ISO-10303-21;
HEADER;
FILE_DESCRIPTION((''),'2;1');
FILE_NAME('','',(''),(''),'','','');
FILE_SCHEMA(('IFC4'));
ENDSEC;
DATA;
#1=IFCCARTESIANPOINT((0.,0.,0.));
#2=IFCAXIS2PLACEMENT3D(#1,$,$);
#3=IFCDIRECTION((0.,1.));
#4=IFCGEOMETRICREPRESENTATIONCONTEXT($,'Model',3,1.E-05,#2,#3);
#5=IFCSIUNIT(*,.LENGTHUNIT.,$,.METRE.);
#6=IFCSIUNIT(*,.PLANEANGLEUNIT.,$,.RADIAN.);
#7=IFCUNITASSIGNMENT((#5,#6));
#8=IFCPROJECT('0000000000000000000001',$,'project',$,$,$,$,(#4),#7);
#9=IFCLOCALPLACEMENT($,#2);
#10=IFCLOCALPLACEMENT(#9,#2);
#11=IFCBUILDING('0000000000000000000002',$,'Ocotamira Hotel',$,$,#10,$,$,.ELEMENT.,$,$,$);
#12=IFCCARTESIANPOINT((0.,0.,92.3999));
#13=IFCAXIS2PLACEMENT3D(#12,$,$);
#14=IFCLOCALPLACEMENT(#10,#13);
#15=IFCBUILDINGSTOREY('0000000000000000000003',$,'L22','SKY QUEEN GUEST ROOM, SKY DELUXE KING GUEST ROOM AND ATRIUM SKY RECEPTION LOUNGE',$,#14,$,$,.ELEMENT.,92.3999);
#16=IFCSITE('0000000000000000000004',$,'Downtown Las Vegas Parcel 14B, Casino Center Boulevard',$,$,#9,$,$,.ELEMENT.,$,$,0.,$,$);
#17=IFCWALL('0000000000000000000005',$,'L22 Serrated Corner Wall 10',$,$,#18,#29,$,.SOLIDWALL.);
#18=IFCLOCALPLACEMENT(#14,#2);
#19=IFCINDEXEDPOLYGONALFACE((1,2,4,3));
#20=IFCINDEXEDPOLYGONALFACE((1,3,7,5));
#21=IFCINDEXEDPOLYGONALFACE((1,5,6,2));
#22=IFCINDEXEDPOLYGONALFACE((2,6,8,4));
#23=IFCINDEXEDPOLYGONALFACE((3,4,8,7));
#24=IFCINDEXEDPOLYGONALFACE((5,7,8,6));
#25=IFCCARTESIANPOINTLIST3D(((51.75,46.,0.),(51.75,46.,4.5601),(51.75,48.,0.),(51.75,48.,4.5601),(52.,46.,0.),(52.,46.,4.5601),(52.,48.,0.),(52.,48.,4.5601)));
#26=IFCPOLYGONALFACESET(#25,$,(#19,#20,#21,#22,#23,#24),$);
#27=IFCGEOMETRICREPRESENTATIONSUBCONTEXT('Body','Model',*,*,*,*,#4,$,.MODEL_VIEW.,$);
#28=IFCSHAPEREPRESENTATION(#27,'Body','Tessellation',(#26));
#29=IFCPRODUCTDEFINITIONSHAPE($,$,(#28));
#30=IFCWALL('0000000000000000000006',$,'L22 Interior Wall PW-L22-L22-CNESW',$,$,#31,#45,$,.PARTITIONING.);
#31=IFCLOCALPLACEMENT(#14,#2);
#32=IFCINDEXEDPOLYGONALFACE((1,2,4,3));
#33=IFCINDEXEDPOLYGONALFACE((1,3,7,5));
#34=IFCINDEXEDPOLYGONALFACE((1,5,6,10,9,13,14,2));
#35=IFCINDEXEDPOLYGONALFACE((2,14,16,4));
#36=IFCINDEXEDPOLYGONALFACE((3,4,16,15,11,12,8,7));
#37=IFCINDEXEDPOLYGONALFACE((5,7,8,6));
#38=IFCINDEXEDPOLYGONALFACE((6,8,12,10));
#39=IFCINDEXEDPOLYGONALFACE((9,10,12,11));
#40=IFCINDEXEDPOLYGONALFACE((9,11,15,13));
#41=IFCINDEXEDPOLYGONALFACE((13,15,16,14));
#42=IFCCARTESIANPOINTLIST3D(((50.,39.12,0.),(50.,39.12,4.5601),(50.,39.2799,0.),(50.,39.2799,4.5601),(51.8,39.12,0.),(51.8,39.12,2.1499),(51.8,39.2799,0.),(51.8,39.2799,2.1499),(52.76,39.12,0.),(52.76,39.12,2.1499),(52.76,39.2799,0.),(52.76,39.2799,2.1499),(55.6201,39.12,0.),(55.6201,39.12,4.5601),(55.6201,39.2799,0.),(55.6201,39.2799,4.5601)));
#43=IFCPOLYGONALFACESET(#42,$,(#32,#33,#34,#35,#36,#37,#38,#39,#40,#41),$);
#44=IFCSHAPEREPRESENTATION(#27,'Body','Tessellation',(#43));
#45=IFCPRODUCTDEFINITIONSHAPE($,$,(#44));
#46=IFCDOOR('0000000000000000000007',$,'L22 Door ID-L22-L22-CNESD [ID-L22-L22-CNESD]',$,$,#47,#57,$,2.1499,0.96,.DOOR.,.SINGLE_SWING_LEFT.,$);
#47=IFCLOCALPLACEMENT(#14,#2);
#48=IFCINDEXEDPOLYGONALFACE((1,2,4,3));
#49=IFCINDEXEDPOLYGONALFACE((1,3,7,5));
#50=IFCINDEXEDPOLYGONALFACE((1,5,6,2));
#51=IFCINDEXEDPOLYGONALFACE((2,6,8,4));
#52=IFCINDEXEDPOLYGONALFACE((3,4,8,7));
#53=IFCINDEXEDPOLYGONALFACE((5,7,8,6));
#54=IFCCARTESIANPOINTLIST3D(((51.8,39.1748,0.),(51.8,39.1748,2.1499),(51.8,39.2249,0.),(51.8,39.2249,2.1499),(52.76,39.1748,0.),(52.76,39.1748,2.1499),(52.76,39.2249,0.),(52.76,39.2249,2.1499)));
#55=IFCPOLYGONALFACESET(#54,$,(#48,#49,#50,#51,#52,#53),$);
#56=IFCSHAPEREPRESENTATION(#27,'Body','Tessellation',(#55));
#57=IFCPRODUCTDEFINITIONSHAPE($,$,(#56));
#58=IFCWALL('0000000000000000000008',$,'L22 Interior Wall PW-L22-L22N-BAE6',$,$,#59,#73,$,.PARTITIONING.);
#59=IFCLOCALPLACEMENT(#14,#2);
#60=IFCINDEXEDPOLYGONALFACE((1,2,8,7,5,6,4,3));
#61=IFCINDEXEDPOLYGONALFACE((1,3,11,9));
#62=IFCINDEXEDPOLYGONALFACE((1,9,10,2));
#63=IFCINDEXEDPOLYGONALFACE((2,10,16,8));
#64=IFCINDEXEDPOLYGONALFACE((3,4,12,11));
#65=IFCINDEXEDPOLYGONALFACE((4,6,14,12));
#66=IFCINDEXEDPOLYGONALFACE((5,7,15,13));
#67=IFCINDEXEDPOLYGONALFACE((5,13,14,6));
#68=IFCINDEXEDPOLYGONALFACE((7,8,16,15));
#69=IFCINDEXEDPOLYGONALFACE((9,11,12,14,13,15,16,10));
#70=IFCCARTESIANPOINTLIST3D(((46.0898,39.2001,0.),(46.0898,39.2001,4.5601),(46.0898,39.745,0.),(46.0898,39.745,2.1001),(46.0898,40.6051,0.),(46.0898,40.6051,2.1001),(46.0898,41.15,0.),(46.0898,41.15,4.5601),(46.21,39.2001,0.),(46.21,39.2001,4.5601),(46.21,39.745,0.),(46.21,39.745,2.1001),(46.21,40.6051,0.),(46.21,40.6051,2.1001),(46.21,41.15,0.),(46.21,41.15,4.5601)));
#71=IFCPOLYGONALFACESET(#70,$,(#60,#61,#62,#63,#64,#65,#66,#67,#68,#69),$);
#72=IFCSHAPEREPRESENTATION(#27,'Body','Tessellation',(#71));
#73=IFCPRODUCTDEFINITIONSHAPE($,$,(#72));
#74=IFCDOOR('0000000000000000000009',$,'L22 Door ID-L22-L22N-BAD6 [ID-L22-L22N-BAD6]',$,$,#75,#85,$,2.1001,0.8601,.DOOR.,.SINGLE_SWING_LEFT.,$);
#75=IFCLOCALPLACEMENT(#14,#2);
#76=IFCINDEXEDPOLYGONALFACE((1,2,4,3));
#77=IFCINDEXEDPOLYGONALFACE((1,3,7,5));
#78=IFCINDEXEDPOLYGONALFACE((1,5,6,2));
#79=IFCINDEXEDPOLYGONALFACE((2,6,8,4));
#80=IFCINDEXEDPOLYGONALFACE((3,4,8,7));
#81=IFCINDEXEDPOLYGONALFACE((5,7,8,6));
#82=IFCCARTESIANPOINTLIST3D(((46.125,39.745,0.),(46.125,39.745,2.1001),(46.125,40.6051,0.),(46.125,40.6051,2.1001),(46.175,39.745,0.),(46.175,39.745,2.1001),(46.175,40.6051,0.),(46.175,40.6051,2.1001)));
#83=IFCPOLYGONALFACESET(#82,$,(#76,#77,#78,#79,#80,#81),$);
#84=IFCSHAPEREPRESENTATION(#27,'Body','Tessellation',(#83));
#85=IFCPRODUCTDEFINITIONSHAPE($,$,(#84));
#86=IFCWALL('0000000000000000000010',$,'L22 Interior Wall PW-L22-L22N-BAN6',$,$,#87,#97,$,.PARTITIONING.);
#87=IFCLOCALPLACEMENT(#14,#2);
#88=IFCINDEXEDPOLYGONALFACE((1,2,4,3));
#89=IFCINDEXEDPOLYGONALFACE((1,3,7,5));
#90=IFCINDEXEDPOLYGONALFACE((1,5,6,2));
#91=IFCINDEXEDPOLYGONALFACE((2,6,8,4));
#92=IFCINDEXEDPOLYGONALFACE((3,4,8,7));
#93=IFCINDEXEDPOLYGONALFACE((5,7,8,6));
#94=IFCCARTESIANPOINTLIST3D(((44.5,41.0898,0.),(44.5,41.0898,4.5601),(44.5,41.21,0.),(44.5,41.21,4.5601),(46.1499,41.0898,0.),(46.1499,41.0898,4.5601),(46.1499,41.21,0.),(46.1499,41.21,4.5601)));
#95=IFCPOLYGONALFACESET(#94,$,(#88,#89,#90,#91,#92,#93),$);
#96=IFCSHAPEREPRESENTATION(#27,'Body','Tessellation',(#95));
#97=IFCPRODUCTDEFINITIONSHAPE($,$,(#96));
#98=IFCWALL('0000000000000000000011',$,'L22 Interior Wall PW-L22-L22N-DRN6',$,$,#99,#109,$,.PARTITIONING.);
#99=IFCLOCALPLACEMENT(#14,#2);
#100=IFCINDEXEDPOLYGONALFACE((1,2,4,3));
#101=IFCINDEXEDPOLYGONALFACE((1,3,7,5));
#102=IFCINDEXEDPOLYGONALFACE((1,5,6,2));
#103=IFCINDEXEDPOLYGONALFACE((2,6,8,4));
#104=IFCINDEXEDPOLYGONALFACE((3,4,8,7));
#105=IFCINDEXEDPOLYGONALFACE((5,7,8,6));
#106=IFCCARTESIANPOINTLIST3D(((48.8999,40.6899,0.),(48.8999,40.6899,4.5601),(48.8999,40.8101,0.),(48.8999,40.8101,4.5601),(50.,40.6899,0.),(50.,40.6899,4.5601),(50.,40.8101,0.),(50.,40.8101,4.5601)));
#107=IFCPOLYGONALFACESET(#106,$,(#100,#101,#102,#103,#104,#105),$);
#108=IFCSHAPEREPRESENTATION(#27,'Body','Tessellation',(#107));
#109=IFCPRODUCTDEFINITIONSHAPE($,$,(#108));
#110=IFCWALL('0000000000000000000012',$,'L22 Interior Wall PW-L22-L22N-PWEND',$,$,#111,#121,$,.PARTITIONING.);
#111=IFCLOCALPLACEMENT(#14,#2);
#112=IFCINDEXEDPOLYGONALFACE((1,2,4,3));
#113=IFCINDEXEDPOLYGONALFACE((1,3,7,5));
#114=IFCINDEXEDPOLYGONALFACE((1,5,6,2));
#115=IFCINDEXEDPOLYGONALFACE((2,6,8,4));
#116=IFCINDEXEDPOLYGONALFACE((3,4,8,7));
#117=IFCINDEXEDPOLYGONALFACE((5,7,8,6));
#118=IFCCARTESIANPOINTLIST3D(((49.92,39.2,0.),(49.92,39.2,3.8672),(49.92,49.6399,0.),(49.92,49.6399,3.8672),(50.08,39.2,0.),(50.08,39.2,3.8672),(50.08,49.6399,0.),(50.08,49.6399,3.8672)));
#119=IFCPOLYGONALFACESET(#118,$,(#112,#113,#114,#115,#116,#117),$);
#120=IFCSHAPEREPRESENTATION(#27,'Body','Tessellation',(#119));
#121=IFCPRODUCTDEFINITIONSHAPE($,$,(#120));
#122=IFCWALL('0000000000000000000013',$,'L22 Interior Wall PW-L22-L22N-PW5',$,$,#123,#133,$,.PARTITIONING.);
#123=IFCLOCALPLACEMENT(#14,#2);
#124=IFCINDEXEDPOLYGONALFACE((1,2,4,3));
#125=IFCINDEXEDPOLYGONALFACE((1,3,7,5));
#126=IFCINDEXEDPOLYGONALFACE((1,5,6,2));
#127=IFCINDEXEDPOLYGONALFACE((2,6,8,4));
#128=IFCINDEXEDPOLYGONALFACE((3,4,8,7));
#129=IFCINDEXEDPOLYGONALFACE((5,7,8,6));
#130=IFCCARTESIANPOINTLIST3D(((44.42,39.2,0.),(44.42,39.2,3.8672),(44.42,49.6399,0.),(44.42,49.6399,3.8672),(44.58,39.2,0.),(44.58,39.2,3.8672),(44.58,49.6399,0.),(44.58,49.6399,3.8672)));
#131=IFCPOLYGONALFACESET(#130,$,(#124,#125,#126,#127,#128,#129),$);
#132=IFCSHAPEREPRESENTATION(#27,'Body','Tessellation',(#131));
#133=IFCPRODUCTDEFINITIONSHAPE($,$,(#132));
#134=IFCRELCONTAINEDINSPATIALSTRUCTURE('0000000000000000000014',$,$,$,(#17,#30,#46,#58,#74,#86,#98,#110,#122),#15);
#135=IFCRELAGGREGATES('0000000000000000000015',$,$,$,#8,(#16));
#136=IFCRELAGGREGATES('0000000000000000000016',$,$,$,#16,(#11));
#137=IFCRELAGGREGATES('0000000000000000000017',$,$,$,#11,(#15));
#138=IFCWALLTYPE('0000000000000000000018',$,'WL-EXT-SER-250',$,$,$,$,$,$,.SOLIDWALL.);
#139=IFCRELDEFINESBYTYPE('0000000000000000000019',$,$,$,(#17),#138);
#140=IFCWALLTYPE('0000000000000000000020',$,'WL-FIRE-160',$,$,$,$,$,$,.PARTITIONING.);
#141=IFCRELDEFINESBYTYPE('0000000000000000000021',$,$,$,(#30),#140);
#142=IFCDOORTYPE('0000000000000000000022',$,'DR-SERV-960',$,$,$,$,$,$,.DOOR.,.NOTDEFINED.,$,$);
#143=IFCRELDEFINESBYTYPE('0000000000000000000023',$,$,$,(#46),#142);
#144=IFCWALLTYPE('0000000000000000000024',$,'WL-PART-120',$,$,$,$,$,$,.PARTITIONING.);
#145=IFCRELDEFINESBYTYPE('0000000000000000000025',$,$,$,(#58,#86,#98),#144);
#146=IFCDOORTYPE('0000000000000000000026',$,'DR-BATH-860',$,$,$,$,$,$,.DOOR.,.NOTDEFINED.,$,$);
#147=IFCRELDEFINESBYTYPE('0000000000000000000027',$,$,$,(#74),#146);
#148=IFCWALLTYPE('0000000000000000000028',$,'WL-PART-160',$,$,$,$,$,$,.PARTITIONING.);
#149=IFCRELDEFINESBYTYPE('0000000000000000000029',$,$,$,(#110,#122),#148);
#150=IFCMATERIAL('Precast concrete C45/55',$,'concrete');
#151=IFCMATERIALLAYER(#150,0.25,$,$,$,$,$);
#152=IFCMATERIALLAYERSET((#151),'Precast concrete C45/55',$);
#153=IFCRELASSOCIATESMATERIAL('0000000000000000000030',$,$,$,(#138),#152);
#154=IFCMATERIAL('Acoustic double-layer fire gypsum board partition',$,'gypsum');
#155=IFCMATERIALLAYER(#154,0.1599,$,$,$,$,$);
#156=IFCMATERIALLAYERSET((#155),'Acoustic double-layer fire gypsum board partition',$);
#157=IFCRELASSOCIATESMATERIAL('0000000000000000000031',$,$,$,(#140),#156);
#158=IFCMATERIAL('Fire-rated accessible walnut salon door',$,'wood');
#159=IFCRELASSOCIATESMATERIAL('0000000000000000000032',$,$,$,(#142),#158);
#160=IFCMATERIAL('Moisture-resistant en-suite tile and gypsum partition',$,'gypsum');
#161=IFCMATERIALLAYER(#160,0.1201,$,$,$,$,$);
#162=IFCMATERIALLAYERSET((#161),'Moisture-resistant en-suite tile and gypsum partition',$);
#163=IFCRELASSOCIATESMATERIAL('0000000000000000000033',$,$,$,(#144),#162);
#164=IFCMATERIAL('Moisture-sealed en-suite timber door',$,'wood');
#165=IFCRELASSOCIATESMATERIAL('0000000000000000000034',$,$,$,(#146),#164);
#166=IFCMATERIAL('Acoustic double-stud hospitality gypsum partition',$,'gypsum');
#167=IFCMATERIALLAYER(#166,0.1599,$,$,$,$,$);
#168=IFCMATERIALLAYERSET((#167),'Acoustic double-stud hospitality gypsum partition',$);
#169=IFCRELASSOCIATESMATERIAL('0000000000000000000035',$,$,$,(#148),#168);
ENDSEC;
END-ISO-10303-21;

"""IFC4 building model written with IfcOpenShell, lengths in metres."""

from ifc_helpers import new_model, si_unit, direction, frame, frame_2d, origin, place, context, subcontext, project, spatial, rectangle, extrude, source, transform, mapped, material, layer, layer_set, type_object, element, fill, save


model = new_model("IFC4")

# Units and contexts
model_context = context("Model", 3, precision=1e-05, world=origin(), true_north=direction((0.0, 1.0)))
body_context = subcontext(model_context, "Body", "Model", "MODEL_VIEW")
ifc_project = project(units=[si_unit("LENGTHUNIT", "METRE"), si_unit("PLANEANGLEUNIT", "RADIAN")], contexts=[model_context])

# Site, building, storey
site_placement = place(None, origin())
site = spatial("IfcSite", under=ifc_project, at=site_placement, Name="Downtown Las Vegas Parcel 14B, Casino Center Boulevard", CompositionType="ELEMENT", RefElevation=0.0)
building_placement = place(site_placement, origin())
building = spatial("IfcBuilding", under=site, at=building_placement, Name="Ocotamira Hotel", CompositionType="ELEMENT")
storey_placement = place(building_placement, frame((0.0, 0.0, 92.3999)))
storey = spatial("IfcBuildingStorey", under=building, at=storey_placement, Name="L22", Description="SKY QUEEN GUEST ROOM, SKY DELUXE KING GUEST ROOM AND ATRIUM SKY RECEPTION LOUNGE", CompositionType="ELEMENT", Elevation=92.3999)

# Wall
ifc_material_1 = material(Name="Precast concrete C45/55", Category="concrete")
ifc_layer_1 = layer(ifc_material_1, 0.25)
ifc_layer_set_1 = layer_set([ifc_layer_1], Name="Precast concrete C45/55")
wall_type_1 = type_object("IfcWallType", Name="WL-EXT-SER-250", PredefinedType="SOLIDWALL", material=ifc_layer_set_1)
for number, where, z_axis, x_axis, name in (
    (1, (51.875, 46.0, 0.0), (0.0, 0.0, 1.0), (0.0, 1.0, 0.0), "L22 Serrated Corner Wall 10"),
):
    element("IfcWall", number, at=place(storey_placement, frame(where, z_axis=z_axis, x_axis=x_axis)), inside=storey, type_object=wall_type_1, Name=name, PredefinedType="SOLIDWALL", context=body_context, shape_type="SweptSolid", body=[
        extrude(rectangle(XDim=2.0, YDim=0.25, at=frame_2d((1.0, 0.0))), origin(), (0.0, 0.0, 1.0), 4.5601),
    ])

# Walls, openings, doors
ifc_material_2 = material(Name="Acoustic double-layer fire gypsum board partition", Category="gypsum")
ifc_layer_2 = layer(ifc_material_2, 0.1599)
ifc_layer_set_2 = layer_set([ifc_layer_2], Name="Acoustic double-layer fire gypsum board partition")
wall_type_2 = type_object("IfcWallType", Name="WL-FIRE-160", PredefinedType="PARTITIONING", material=ifc_layer_set_2)
wall_1_placement = place(storey_placement, frame((50.0, 39.2, 0.0), z_axis=(0.0, 0.0, 1.0), x_axis=(1.0, 0.0, 0.0)))
wall_1 = element("IfcWall", 2, at=wall_1_placement, inside=storey, type_object=wall_type_2, Name="L22 Interior Wall PW-L22-L22-CNESW", PredefinedType="PARTITIONING", context=body_context, shape_type="SweptSolid", body=[
    extrude(rectangle(XDim=5.6201, YDim=0.1599, at=frame_2d((2.8101, 0.0))), origin(), (0.0, 0.0, 1.0), 4.5601),
])
opening_1_placement = place(wall_1_placement, frame((1.8, 0.0, 0.0)))
opening_1 = element("IfcOpeningElement", 3, at=opening_1_placement, cuts=wall_1, PredefinedType="OPENING", context=body_context, shape_type="SweptSolid", body=[
    extrude(rectangle(XDim=0.96, YDim=2.1499, at=frame_2d((0.48, 1.075))), frame((0.0, 0.0898, 0.0), z_axis=(0.0, -1.0, 0.0), x_axis=(1.0, 0.0, 0.0)), (0.0, 0.0, 1.0), 0.1799),
])
ifc_material_3 = material(Name="Fire-rated accessible walnut salon door", Category="wood")
door_type_1 = type_object("IfcDoorType", Name="DR-SERV-960", OperationType="NOTDEFINED", PredefinedType="DOOR", material=ifc_material_3)
shared_shape_1 = source(origin(), body_context, "Body", "SweptSolid", [
    extrude(rectangle(XDim=0.96, YDim=2.1499, at=frame_2d((0.48, 1.075))), frame((0.0, 0.0249, 0.0), z_axis=(0.0, -1.0, 0.0), x_axis=(1.0, 0.0, 0.0)), (0.0, 0.0, 1.0), 0.05),
])
door_1_placement = place(opening_1_placement, origin())
door_1 = element("IfcDoor", 4, at=door_1_placement, inside=storey, type_object=door_type_1, Name="L22 Door ID-L22-L22-CNESD [ID-L22-L22-CNESD]", OperationType="SINGLE_SWING_LEFT", OverallHeight=2.1499, OverallWidth=0.96, PredefinedType="DOOR", context=body_context, shape_type="MappedRepresentation", body=[
    mapped(shared_shape_1, transform((0.0, 0.0, 0.0), scale=1.0)),
])
fill(opening_1, door_1)
ifc_material_4 = material(Name="Moisture-resistant en-suite tile and gypsum partition", Category="gypsum")
ifc_layer_3 = layer(ifc_material_4, 0.1201)
ifc_layer_set_3 = layer_set([ifc_layer_3], Name="Moisture-resistant en-suite tile and gypsum partition")
wall_type_3 = type_object("IfcWallType", Name="WL-PART-120", PredefinedType="PARTITIONING", material=ifc_layer_set_3)
wall_2_placement = place(storey_placement, frame((46.1499, 39.2, 0.0), z_axis=(0.0, 0.0, 1.0), x_axis=(0.0, 1.0, 0.0)))
wall_2 = element("IfcWall", 5, at=wall_2_placement, inside=storey, type_object=wall_type_3, Name="L22 Interior Wall PW-L22-L22N-BAE6", PredefinedType="PARTITIONING", context=body_context, shape_type="SweptSolid", body=[
    extrude(rectangle(XDim=1.95, YDim=0.1201, at=frame_2d((0.9751, 0.0))), origin(), (0.0, 0.0, 1.0), 4.5601),
])
opening_2_placement = place(wall_2_placement, frame((0.5449, 0.0, 0.0)))
opening_2 = element("IfcOpeningElement", 6, at=opening_2_placement, cuts=wall_2, PredefinedType="OPENING", context=body_context, shape_type="SweptSolid", body=[
    extrude(rectangle(XDim=0.8601, YDim=2.1001, at=frame_2d((0.4302, 1.05))), frame((0.0, 0.0701, 0.0), z_axis=(0.0, -1.0, 0.0), x_axis=(1.0, 0.0, 0.0)), (0.0, 0.0, 1.0), 0.1401),
])
ifc_material_5 = material(Name="Moisture-sealed en-suite timber door", Category="wood")
door_type_2 = type_object("IfcDoorType", Name="DR-BATH-860", OperationType="NOTDEFINED", PredefinedType="DOOR", material=ifc_material_5)
shared_shape_2 = source(origin(), body_context, "Body", "SweptSolid", [
    extrude(rectangle(XDim=0.8601, YDim=2.1001, at=frame_2d((0.4302, 1.05))), frame((0.0, 0.0249, 0.0), z_axis=(0.0, -1.0, 0.0), x_axis=(1.0, 0.0, 0.0)), (0.0, 0.0, 1.0), 0.05),
])
door_2_placement = place(opening_2_placement, origin())
door_2 = element("IfcDoor", 7, at=door_2_placement, inside=storey, type_object=door_type_2, Name="L22 Door ID-L22-L22N-BAD6 [ID-L22-L22N-BAD6]", OperationType="SINGLE_SWING_LEFT", OverallHeight=2.1001, OverallWidth=0.8601, PredefinedType="DOOR", context=body_context, shape_type="MappedRepresentation", body=[
    mapped(shared_shape_2, transform((0.0, 0.0, 0.0), scale=1.0)),
])
fill(opening_2, door_2)

# Walls
wall_3_placement = place(storey_placement, frame((44.5, 41.1499, 0.0), z_axis=(0.0, 0.0, 1.0), x_axis=(1.0, 0.0, 0.0)))
element("IfcWall", 8, at=wall_3_placement, inside=storey, type_object=wall_type_3, Name="L22 Interior Wall PW-L22-L22N-BAN6", PredefinedType="PARTITIONING", context=body_context, shape_type="SweptSolid", body=[
    extrude(rectangle(XDim=1.6499, YDim=0.1201, at=frame_2d((0.825, 0.0))), origin(), (0.0, 0.0, 1.0), 4.5601),
])
wall_4_placement = place(storey_placement, frame((48.8999, 40.75, 0.0), z_axis=(0.0, 0.0, 1.0), x_axis=(1.0, 0.0, 0.0)))
element("IfcWall", 9, at=wall_4_placement, inside=storey, type_object=wall_type_3, Name="L22 Interior Wall PW-L22-L22N-DRN6", PredefinedType="PARTITIONING", context=body_context, shape_type="SweptSolid", body=[
    extrude(rectangle(XDim=1.1001, YDim=0.1201, at=frame_2d((0.55, 0.0))), origin(), (0.0, 0.0, 1.0), 4.5601),
])
ifc_material_6 = material(Name="Acoustic double-stud hospitality gypsum partition", Category="gypsum")
ifc_layer_4 = layer(ifc_material_6, 0.1599)
ifc_layer_set_4 = layer_set([ifc_layer_4], Name="Acoustic double-stud hospitality gypsum partition")
wall_type_4 = type_object("IfcWallType", Name="WL-PART-160", PredefinedType="PARTITIONING", material=ifc_layer_set_4)
for number, where, z_axis, x_axis, name in (
    (10, (50.0, 39.2, 0.0), (0.0, 0.0, 1.0), (0.0, 1.0, 0.0), "L22 Interior Wall PW-L22-L22N-PWEND"),
    (11, (44.5, 39.2, 0.0), (0.0, 0.0, 1.0), (0.0, 1.0, 0.0), "L22 Interior Wall PW-L22-L22N-PW5"),
):
    element("IfcWall", number, at=place(storey_placement, frame(where, z_axis=z_axis, x_axis=x_axis)), inside=storey, type_object=wall_type_4, Name=name, PredefinedType="PARTITIONING", context=body_context, shape_type="SweptSolid", body=[
        extrude(rectangle(XDim=10.4399, YDim=0.1599, at=frame_2d((5.22, 0.0))), origin(), (0.0, 0.0, 1.0), 3.8672),
    ])

save(model, "model.ifc")
